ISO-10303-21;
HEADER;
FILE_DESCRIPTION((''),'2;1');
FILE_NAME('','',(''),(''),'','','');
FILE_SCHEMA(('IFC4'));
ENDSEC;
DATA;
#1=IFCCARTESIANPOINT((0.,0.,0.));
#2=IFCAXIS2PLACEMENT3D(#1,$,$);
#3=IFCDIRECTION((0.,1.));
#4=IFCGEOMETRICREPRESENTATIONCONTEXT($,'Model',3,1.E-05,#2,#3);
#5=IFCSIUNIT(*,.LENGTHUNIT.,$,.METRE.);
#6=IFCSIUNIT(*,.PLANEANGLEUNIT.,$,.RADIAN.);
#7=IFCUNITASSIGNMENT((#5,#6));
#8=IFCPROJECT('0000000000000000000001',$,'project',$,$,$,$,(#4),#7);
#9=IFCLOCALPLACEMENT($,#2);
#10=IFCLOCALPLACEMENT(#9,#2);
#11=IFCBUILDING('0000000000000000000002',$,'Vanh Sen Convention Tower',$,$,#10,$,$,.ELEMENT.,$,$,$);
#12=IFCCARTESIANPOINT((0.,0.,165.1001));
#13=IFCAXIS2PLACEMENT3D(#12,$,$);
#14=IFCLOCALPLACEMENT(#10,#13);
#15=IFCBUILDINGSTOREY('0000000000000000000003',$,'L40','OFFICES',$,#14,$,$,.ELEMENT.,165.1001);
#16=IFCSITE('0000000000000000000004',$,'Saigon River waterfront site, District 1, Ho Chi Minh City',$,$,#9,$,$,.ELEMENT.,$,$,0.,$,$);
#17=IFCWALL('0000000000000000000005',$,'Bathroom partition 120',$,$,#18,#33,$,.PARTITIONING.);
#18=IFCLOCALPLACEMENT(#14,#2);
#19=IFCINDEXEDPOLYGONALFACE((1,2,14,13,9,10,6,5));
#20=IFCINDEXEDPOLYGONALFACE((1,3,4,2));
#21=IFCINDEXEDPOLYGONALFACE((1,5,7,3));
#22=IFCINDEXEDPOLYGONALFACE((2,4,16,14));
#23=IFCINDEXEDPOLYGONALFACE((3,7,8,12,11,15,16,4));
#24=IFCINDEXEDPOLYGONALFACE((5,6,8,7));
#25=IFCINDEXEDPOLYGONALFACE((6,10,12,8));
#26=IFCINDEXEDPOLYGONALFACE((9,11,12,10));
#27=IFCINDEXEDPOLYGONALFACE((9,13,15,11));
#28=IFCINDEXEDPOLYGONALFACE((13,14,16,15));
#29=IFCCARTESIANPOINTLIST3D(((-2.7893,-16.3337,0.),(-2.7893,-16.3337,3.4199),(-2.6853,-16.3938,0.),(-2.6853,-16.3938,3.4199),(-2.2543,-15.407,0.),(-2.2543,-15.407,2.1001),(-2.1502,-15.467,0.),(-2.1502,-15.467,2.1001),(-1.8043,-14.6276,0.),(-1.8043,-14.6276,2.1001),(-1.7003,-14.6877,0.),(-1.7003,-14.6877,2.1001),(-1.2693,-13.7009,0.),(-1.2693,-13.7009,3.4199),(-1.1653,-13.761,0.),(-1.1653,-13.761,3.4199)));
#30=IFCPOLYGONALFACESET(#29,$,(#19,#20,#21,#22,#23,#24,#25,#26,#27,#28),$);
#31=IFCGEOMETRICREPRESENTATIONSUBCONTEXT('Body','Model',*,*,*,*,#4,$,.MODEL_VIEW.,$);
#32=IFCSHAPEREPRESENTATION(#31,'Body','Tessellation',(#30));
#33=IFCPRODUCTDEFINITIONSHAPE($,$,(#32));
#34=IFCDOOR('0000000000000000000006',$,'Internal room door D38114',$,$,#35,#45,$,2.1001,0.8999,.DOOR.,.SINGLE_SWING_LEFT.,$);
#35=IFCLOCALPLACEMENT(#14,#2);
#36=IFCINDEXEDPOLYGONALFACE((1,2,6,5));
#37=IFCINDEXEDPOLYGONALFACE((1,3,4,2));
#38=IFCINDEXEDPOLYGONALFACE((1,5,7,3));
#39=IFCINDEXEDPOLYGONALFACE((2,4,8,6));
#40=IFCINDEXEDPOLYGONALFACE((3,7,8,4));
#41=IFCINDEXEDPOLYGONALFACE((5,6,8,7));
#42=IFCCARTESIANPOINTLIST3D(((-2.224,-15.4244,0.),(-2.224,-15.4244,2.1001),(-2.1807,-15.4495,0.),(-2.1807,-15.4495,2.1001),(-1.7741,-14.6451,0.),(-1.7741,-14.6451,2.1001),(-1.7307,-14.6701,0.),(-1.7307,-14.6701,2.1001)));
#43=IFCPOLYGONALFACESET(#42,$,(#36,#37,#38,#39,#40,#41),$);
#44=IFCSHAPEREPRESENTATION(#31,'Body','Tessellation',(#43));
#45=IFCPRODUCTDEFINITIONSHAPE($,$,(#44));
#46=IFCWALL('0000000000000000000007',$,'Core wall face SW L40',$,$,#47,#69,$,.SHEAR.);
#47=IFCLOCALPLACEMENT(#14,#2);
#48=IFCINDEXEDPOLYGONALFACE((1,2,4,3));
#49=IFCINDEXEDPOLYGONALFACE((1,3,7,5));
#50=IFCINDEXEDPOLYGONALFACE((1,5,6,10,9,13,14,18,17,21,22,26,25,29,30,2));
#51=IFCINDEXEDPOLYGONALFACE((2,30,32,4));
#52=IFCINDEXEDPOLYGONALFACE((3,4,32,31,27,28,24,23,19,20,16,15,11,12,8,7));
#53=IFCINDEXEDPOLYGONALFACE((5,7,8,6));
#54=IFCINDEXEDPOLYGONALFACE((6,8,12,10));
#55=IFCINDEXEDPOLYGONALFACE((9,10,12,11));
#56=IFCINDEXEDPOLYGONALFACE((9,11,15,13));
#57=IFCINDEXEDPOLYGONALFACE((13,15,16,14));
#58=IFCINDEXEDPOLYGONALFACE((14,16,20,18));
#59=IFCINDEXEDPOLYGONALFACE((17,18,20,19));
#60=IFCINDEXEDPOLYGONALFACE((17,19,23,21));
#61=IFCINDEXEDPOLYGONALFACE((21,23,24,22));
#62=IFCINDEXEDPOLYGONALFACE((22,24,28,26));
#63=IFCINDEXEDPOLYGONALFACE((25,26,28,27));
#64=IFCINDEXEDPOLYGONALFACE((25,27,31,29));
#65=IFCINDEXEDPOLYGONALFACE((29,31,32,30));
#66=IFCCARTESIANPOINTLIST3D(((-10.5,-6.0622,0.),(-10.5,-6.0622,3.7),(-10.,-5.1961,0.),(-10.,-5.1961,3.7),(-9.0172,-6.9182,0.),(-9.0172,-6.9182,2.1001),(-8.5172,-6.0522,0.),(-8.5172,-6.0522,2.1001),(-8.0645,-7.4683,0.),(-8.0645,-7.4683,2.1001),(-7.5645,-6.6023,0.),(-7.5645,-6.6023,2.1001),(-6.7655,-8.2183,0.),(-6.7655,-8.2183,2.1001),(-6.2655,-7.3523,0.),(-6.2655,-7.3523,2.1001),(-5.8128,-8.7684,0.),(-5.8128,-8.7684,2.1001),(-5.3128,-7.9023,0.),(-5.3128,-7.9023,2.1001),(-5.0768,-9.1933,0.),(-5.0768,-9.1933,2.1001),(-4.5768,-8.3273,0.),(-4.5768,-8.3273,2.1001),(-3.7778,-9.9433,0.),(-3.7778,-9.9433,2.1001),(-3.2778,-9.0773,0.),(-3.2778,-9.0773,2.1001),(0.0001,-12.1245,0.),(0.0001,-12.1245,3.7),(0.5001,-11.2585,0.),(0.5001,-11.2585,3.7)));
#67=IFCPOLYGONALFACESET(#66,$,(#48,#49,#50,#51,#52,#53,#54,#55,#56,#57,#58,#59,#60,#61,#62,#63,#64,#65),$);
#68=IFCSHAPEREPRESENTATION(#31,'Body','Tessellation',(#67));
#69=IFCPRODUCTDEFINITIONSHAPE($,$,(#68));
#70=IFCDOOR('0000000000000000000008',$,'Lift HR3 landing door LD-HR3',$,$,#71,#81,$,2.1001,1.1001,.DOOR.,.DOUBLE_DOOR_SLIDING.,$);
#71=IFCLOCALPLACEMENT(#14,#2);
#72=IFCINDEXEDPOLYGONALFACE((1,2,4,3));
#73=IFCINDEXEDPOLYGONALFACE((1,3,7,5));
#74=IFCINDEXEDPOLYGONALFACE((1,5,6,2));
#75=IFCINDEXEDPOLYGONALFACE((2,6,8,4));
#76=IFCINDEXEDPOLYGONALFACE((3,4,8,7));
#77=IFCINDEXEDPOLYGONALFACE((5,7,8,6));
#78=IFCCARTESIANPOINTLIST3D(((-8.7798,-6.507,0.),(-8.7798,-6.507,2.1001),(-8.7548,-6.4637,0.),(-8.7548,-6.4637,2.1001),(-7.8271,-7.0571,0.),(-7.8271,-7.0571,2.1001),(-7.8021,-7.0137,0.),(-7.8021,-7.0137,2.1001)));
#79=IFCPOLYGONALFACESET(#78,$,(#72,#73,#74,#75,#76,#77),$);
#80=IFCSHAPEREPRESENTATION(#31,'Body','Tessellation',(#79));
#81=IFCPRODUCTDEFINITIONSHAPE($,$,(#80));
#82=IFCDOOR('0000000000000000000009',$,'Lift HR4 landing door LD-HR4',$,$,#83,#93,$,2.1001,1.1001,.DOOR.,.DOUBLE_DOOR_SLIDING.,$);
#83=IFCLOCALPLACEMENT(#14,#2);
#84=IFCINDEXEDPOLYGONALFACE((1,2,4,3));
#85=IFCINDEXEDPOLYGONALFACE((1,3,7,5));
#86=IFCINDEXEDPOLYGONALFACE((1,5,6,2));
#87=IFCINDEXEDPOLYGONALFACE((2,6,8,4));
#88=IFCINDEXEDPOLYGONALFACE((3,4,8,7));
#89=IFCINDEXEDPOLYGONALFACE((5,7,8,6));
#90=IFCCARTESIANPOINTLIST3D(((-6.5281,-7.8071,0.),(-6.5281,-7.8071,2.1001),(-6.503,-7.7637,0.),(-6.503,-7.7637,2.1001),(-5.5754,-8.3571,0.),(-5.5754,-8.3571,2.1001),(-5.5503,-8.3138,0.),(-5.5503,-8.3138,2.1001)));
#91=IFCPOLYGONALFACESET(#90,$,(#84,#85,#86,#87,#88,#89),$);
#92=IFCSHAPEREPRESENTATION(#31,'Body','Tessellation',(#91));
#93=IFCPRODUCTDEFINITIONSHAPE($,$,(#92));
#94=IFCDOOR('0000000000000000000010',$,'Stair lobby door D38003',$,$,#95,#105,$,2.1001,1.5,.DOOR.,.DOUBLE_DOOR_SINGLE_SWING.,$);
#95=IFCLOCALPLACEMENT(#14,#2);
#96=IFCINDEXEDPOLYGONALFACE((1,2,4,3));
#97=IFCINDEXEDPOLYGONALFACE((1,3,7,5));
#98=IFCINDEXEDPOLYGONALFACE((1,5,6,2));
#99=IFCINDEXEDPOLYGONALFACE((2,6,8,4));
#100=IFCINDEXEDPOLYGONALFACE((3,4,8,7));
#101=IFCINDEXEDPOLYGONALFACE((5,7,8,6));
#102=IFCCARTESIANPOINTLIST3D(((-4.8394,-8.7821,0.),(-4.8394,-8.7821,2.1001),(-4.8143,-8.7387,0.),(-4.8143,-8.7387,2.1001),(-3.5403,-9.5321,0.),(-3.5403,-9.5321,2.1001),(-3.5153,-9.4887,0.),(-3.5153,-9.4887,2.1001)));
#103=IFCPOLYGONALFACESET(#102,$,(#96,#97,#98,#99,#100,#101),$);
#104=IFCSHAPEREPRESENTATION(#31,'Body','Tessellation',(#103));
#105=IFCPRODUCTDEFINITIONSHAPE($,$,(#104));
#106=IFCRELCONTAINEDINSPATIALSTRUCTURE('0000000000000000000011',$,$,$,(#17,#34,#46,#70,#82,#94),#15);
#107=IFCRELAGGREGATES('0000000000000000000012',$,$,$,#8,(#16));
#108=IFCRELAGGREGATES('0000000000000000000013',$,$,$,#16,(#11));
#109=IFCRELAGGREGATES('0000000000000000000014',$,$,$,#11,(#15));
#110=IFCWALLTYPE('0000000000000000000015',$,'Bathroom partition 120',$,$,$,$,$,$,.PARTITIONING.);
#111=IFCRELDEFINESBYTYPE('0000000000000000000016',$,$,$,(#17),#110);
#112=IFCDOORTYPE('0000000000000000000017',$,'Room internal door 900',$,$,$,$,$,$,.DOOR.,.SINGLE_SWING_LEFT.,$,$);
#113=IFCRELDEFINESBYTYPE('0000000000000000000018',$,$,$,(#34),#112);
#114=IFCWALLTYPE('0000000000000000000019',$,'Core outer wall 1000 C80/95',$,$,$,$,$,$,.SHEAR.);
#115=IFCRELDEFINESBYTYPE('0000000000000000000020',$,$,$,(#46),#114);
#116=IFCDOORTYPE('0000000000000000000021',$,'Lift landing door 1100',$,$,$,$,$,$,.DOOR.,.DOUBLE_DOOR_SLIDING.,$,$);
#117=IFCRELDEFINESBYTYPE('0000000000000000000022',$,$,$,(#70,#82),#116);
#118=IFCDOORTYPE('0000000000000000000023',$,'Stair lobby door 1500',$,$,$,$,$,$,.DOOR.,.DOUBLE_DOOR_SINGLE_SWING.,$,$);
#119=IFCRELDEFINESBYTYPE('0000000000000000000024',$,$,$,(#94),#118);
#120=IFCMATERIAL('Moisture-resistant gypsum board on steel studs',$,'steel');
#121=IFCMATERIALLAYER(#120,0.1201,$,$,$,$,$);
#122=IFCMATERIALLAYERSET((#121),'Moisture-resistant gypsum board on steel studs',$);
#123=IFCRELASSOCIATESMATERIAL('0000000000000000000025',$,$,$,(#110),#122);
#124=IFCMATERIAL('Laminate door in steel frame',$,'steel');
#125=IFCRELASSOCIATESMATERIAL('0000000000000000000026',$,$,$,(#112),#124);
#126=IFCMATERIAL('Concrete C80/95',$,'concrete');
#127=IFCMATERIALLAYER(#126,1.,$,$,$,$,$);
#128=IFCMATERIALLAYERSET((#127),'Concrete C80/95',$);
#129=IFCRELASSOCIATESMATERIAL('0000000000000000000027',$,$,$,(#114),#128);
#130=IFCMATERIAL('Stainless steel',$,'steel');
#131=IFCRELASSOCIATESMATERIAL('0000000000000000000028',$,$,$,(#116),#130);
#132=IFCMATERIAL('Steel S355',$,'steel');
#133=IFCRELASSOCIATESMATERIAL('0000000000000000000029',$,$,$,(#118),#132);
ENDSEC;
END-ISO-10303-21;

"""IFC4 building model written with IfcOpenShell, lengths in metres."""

from ifc_helpers import new_model, si_unit, direction, frame, frame_2d, origin, place, context, subcontext, project, spatial, rectangle, extrude, material, layer, layer_set, type_object, element, fill, save


model = new_model("IFC4")

# Units and contexts
model_context = context("Model", 3, precision=1e-05, world=origin(), true_north=direction((0.0, 1.0)))
body_context = subcontext(model_context, "Body", "Model", "MODEL_VIEW")
ifc_project = project(units=[si_unit("LENGTHUNIT", "METRE"), si_unit("PLANEANGLEUNIT", "RADIAN")], contexts=[model_context])

# Site, building, storey
site_placement = place(None, origin())
site = spatial("IfcSite", under=ifc_project, at=site_placement, Name="Saigon River waterfront site, District 1, Ho Chi Minh City", CompositionType="ELEMENT", RefElevation=0.0)
building_placement = place(site_placement, origin())
building = spatial("IfcBuilding", under=site, at=building_placement, Name="Vanh Sen Convention Tower", CompositionType="ELEMENT")
storey_placement = place(building_placement, frame((0.0, 0.0, 165.1001)))
storey = spatial("IfcBuildingStorey", under=building, at=storey_placement, Name="L40", Description="OFFICES", CompositionType="ELEMENT", Elevation=165.1001)

# Wall, opening, door
ifc_material_1 = material(Name="Moisture-resistant gypsum board on steel studs", Category="steel")
ifc_layer_1 = layer(ifc_material_1, 0.1201)
ifc_layer_set_1 = layer_set([ifc_layer_1], Name="Moisture-resistant gypsum board on steel studs")
wall_type_1 = type_object("IfcWallType", Name="Bathroom partition 120", PredefinedType="PARTITIONING", material=ifc_layer_set_1)
wall_1_placement = place(storey_placement, frame((-1.2173, -13.731, 0.0), z_axis=(0.0, 0.0, 1.0), x_axis=(-0.499991, -0.86603, 0.0)))
wall_1 = element("IfcWall", 1, at=wall_1_placement, inside=storey, type_object=wall_type_1, Name="Bathroom partition 120", PredefinedType="PARTITIONING", context=body_context, shape_type="SweptSolid", body=[
    extrude(rectangle(XDim=3.04, YDim=0.1201, at=frame_2d((1.52, 0.0))), origin(), (0.0, 0.0, 1.0), 3.4199),
])
opening_1_placement = place(wall_1_placement, frame((1.0701, 0.0, 0.0)))
opening_1 = element("IfcOpeningElement", 2, at=opening_1_placement, cuts=wall_1, PredefinedType="OPENING", context=body_context, shape_type="SweptSolid", body=[
    extrude(rectangle(XDim=0.8999, YDim=2.1001, at=frame_2d((0.45, 1.05))), frame((0.0, 0.0701, 0.0), z_axis=(0.0, -1.0, 0.0), x_axis=(1.0, 0.0, 0.0)), (0.0, 0.0, 1.0), 0.1401),
])
ifc_material_2 = material(Name="Laminate door in steel frame", Category="steel")
door_type_1 = type_object("IfcDoorType", Name="Room internal door 900", OperationType="SINGLE_SWING_LEFT", PredefinedType="DOOR", material=ifc_material_2)
door_1_placement = place(opening_1_placement, origin())
door_1 = element("IfcDoor", 3, at=door_1_placement, inside=storey, type_object=door_type_1, Name="Internal room door D38114", OperationType="SINGLE_SWING_LEFT", OverallHeight=2.1001, OverallWidth=0.8999, PredefinedType="DOOR", context=body_context, shape_type="SweptSolid", body=[
    extrude(rectangle(XDim=0.8999, YDim=2.1001, at=frame_2d((0.45, 1.05))), frame((0.0, 0.0249, 0.0), z_axis=(0.0, -1.0, 0.0), x_axis=(1.0, 0.0, 0.0)), (0.0, 0.0, 1.0), 0.05),
])
fill(opening_1, door_1)

# Wall, openings, doors
ifc_material_3 = material(Name="Concrete C80/95", Category="concrete")
ifc_layer_2 = layer(ifc_material_3, 1.0)
ifc_layer_set_2 = layer_set([ifc_layer_2], Name="Concrete C80/95")
wall_type_2 = type_object("IfcWallType", Name="Core outer wall 1000 C80/95", PredefinedType="SHEAR", material=ifc_layer_set_2)
wall_2_placement = place(storey_placement, frame((-10.25, -5.6292, 0.0), z_axis=(0.0, 0.0, 1.0), x_axis=(0.866023, -0.500005, 0.0)))
wall_2 = element("IfcWall", 4, at=wall_2_placement, inside=storey, type_object=wall_type_2, Name="Core wall face SW L40", PredefinedType="SHEAR", context=body_context, shape_type="SweptSolid", body=[
    extrude(rectangle(XDim=12.1245, YDim=1.0, at=frame_2d((6.0623, 0.0))), origin(), (0.0, 0.0, 1.0), 3.7),
])
opening_2_placement = place(wall_2_placement, frame((6.2622, 0.0, 0.0)))
opening_2 = element("IfcOpeningElement", 5, at=opening_2_placement, cuts=wall_2, PredefinedType="OPENING", context=body_context, shape_type="SweptSolid", body=[
    extrude(rectangle(XDim=1.5, YDim=2.1001, at=frame_2d((0.75, 1.05))), frame((0.0, 0.51, 0.0), z_axis=(0.0, -1.0, 0.0), x_axis=(1.0, 0.0, 0.0)), (0.0, 0.0, 1.0), 1.02),
])
opening_3_placement = place(wall_2_placement, frame((1.7122, 0.0, 0.0)))
opening_3 = element("IfcOpeningElement", 6, at=opening_3_placement, cuts=wall_2, PredefinedType="OPENING", context=body_context, shape_type="SweptSolid", body=[
    extrude(rectangle(XDim=1.1001, YDim=2.1001, at=frame_2d((0.55, 1.05))), frame((0.0, 0.51, 0.0), z_axis=(0.0, -1.0, 0.0), x_axis=(1.0, 0.0, 0.0)), (0.0, 0.0, 1.0), 1.02),
])
opening_4_placement = place(wall_2_placement, frame((4.3123, 0.0, 0.0)))
opening_4 = element("IfcOpeningElement", 7, at=opening_4_placement, cuts=wall_2, PredefinedType="OPENING", context=body_context, shape_type="SweptSolid", body=[
    extrude(rectangle(XDim=1.1001, YDim=2.1001, at=frame_2d((0.55, 1.05))), frame((0.0, 0.51, 0.0), z_axis=(0.0, -1.0, 0.0), x_axis=(1.0, 0.0, 0.0)), (0.0, 0.0, 1.0), 1.02),
])
ifc_material_4 = material(Name="Stainless steel", Category="steel")
door_type_2 = type_object("IfcDoorType", Name="Lift landing door 1100", OperationType="DOUBLE_DOOR_SLIDING", PredefinedType="DOOR", material=ifc_material_4)
door_2_placement = place(opening_3_placement, origin())
door_2 = element("IfcDoor", 8, at=door_2_placement, inside=storey, type_object=door_type_2, Name="Lift HR3 landing door LD-HR3", OperationType="DOUBLE_DOOR_SLIDING", OverallHeight=2.1001, OverallWidth=1.1001, PredefinedType="DOOR", context=body_context, shape_type="SweptSolid", body=[
    extrude(rectangle(XDim=1.1001, YDim=2.1001, at=frame_2d((0.55, 1.05))), frame((0.0, 0.0249, 0.0), z_axis=(0.0, -1.0, 0.0), x_axis=(1.0, 0.0, 0.0)), (0.0, 0.0, 1.0), 0.05),
])
fill(opening_3, door_2)
door_3_placement = place(opening_4_placement, origin())
door_3 = element("IfcDoor", 9, at=door_3_placement, inside=storey, type_object=door_type_2, Name="Lift HR4 landing door LD-HR4", OperationType="DOUBLE_DOOR_SLIDING", OverallHeight=2.1001, OverallWidth=1.1001, PredefinedType="DOOR", context=body_context, shape_type="SweptSolid", body=[
    extrude(rectangle(XDim=1.1001, YDim=2.1001, at=frame_2d((0.55, 1.05))), frame((0.0, 0.0249, 0.0), z_axis=(0.0, -1.0, 0.0), x_axis=(1.0, 0.0, 0.0)), (0.0, 0.0, 1.0), 0.05),
])
fill(opening_4, door_3)
ifc_material_5 = material(Name="Steel S355", Category="steel")
door_type_3 = type_object("IfcDoorType", Name="Stair lobby door 1500", OperationType="DOUBLE_DOOR_SINGLE_SWING", PredefinedType="DOOR", material=ifc_material_5)
door_4_placement = place(opening_2_placement, origin())
door_4 = element("IfcDoor", 10, at=door_4_placement, inside=storey, type_object=door_type_3, Name="Stair lobby door D38003", OperationType="DOUBLE_DOOR_SINGLE_SWING", OverallHeight=2.1001, OverallWidth=1.5, PredefinedType="DOOR", context=body_context, shape_type="SweptSolid", body=[
    extrude(rectangle(XDim=1.5, YDim=2.1001, at=frame_2d((0.75, 1.05))), frame((0.0, 0.0249, 0.0), z_axis=(0.0, -1.0, 0.0), x_axis=(1.0, 0.0, 0.0)), (0.0, 0.0, 1.0), 0.05),
])
fill(opening_2, door_4)

save(model, "model.ifc")
